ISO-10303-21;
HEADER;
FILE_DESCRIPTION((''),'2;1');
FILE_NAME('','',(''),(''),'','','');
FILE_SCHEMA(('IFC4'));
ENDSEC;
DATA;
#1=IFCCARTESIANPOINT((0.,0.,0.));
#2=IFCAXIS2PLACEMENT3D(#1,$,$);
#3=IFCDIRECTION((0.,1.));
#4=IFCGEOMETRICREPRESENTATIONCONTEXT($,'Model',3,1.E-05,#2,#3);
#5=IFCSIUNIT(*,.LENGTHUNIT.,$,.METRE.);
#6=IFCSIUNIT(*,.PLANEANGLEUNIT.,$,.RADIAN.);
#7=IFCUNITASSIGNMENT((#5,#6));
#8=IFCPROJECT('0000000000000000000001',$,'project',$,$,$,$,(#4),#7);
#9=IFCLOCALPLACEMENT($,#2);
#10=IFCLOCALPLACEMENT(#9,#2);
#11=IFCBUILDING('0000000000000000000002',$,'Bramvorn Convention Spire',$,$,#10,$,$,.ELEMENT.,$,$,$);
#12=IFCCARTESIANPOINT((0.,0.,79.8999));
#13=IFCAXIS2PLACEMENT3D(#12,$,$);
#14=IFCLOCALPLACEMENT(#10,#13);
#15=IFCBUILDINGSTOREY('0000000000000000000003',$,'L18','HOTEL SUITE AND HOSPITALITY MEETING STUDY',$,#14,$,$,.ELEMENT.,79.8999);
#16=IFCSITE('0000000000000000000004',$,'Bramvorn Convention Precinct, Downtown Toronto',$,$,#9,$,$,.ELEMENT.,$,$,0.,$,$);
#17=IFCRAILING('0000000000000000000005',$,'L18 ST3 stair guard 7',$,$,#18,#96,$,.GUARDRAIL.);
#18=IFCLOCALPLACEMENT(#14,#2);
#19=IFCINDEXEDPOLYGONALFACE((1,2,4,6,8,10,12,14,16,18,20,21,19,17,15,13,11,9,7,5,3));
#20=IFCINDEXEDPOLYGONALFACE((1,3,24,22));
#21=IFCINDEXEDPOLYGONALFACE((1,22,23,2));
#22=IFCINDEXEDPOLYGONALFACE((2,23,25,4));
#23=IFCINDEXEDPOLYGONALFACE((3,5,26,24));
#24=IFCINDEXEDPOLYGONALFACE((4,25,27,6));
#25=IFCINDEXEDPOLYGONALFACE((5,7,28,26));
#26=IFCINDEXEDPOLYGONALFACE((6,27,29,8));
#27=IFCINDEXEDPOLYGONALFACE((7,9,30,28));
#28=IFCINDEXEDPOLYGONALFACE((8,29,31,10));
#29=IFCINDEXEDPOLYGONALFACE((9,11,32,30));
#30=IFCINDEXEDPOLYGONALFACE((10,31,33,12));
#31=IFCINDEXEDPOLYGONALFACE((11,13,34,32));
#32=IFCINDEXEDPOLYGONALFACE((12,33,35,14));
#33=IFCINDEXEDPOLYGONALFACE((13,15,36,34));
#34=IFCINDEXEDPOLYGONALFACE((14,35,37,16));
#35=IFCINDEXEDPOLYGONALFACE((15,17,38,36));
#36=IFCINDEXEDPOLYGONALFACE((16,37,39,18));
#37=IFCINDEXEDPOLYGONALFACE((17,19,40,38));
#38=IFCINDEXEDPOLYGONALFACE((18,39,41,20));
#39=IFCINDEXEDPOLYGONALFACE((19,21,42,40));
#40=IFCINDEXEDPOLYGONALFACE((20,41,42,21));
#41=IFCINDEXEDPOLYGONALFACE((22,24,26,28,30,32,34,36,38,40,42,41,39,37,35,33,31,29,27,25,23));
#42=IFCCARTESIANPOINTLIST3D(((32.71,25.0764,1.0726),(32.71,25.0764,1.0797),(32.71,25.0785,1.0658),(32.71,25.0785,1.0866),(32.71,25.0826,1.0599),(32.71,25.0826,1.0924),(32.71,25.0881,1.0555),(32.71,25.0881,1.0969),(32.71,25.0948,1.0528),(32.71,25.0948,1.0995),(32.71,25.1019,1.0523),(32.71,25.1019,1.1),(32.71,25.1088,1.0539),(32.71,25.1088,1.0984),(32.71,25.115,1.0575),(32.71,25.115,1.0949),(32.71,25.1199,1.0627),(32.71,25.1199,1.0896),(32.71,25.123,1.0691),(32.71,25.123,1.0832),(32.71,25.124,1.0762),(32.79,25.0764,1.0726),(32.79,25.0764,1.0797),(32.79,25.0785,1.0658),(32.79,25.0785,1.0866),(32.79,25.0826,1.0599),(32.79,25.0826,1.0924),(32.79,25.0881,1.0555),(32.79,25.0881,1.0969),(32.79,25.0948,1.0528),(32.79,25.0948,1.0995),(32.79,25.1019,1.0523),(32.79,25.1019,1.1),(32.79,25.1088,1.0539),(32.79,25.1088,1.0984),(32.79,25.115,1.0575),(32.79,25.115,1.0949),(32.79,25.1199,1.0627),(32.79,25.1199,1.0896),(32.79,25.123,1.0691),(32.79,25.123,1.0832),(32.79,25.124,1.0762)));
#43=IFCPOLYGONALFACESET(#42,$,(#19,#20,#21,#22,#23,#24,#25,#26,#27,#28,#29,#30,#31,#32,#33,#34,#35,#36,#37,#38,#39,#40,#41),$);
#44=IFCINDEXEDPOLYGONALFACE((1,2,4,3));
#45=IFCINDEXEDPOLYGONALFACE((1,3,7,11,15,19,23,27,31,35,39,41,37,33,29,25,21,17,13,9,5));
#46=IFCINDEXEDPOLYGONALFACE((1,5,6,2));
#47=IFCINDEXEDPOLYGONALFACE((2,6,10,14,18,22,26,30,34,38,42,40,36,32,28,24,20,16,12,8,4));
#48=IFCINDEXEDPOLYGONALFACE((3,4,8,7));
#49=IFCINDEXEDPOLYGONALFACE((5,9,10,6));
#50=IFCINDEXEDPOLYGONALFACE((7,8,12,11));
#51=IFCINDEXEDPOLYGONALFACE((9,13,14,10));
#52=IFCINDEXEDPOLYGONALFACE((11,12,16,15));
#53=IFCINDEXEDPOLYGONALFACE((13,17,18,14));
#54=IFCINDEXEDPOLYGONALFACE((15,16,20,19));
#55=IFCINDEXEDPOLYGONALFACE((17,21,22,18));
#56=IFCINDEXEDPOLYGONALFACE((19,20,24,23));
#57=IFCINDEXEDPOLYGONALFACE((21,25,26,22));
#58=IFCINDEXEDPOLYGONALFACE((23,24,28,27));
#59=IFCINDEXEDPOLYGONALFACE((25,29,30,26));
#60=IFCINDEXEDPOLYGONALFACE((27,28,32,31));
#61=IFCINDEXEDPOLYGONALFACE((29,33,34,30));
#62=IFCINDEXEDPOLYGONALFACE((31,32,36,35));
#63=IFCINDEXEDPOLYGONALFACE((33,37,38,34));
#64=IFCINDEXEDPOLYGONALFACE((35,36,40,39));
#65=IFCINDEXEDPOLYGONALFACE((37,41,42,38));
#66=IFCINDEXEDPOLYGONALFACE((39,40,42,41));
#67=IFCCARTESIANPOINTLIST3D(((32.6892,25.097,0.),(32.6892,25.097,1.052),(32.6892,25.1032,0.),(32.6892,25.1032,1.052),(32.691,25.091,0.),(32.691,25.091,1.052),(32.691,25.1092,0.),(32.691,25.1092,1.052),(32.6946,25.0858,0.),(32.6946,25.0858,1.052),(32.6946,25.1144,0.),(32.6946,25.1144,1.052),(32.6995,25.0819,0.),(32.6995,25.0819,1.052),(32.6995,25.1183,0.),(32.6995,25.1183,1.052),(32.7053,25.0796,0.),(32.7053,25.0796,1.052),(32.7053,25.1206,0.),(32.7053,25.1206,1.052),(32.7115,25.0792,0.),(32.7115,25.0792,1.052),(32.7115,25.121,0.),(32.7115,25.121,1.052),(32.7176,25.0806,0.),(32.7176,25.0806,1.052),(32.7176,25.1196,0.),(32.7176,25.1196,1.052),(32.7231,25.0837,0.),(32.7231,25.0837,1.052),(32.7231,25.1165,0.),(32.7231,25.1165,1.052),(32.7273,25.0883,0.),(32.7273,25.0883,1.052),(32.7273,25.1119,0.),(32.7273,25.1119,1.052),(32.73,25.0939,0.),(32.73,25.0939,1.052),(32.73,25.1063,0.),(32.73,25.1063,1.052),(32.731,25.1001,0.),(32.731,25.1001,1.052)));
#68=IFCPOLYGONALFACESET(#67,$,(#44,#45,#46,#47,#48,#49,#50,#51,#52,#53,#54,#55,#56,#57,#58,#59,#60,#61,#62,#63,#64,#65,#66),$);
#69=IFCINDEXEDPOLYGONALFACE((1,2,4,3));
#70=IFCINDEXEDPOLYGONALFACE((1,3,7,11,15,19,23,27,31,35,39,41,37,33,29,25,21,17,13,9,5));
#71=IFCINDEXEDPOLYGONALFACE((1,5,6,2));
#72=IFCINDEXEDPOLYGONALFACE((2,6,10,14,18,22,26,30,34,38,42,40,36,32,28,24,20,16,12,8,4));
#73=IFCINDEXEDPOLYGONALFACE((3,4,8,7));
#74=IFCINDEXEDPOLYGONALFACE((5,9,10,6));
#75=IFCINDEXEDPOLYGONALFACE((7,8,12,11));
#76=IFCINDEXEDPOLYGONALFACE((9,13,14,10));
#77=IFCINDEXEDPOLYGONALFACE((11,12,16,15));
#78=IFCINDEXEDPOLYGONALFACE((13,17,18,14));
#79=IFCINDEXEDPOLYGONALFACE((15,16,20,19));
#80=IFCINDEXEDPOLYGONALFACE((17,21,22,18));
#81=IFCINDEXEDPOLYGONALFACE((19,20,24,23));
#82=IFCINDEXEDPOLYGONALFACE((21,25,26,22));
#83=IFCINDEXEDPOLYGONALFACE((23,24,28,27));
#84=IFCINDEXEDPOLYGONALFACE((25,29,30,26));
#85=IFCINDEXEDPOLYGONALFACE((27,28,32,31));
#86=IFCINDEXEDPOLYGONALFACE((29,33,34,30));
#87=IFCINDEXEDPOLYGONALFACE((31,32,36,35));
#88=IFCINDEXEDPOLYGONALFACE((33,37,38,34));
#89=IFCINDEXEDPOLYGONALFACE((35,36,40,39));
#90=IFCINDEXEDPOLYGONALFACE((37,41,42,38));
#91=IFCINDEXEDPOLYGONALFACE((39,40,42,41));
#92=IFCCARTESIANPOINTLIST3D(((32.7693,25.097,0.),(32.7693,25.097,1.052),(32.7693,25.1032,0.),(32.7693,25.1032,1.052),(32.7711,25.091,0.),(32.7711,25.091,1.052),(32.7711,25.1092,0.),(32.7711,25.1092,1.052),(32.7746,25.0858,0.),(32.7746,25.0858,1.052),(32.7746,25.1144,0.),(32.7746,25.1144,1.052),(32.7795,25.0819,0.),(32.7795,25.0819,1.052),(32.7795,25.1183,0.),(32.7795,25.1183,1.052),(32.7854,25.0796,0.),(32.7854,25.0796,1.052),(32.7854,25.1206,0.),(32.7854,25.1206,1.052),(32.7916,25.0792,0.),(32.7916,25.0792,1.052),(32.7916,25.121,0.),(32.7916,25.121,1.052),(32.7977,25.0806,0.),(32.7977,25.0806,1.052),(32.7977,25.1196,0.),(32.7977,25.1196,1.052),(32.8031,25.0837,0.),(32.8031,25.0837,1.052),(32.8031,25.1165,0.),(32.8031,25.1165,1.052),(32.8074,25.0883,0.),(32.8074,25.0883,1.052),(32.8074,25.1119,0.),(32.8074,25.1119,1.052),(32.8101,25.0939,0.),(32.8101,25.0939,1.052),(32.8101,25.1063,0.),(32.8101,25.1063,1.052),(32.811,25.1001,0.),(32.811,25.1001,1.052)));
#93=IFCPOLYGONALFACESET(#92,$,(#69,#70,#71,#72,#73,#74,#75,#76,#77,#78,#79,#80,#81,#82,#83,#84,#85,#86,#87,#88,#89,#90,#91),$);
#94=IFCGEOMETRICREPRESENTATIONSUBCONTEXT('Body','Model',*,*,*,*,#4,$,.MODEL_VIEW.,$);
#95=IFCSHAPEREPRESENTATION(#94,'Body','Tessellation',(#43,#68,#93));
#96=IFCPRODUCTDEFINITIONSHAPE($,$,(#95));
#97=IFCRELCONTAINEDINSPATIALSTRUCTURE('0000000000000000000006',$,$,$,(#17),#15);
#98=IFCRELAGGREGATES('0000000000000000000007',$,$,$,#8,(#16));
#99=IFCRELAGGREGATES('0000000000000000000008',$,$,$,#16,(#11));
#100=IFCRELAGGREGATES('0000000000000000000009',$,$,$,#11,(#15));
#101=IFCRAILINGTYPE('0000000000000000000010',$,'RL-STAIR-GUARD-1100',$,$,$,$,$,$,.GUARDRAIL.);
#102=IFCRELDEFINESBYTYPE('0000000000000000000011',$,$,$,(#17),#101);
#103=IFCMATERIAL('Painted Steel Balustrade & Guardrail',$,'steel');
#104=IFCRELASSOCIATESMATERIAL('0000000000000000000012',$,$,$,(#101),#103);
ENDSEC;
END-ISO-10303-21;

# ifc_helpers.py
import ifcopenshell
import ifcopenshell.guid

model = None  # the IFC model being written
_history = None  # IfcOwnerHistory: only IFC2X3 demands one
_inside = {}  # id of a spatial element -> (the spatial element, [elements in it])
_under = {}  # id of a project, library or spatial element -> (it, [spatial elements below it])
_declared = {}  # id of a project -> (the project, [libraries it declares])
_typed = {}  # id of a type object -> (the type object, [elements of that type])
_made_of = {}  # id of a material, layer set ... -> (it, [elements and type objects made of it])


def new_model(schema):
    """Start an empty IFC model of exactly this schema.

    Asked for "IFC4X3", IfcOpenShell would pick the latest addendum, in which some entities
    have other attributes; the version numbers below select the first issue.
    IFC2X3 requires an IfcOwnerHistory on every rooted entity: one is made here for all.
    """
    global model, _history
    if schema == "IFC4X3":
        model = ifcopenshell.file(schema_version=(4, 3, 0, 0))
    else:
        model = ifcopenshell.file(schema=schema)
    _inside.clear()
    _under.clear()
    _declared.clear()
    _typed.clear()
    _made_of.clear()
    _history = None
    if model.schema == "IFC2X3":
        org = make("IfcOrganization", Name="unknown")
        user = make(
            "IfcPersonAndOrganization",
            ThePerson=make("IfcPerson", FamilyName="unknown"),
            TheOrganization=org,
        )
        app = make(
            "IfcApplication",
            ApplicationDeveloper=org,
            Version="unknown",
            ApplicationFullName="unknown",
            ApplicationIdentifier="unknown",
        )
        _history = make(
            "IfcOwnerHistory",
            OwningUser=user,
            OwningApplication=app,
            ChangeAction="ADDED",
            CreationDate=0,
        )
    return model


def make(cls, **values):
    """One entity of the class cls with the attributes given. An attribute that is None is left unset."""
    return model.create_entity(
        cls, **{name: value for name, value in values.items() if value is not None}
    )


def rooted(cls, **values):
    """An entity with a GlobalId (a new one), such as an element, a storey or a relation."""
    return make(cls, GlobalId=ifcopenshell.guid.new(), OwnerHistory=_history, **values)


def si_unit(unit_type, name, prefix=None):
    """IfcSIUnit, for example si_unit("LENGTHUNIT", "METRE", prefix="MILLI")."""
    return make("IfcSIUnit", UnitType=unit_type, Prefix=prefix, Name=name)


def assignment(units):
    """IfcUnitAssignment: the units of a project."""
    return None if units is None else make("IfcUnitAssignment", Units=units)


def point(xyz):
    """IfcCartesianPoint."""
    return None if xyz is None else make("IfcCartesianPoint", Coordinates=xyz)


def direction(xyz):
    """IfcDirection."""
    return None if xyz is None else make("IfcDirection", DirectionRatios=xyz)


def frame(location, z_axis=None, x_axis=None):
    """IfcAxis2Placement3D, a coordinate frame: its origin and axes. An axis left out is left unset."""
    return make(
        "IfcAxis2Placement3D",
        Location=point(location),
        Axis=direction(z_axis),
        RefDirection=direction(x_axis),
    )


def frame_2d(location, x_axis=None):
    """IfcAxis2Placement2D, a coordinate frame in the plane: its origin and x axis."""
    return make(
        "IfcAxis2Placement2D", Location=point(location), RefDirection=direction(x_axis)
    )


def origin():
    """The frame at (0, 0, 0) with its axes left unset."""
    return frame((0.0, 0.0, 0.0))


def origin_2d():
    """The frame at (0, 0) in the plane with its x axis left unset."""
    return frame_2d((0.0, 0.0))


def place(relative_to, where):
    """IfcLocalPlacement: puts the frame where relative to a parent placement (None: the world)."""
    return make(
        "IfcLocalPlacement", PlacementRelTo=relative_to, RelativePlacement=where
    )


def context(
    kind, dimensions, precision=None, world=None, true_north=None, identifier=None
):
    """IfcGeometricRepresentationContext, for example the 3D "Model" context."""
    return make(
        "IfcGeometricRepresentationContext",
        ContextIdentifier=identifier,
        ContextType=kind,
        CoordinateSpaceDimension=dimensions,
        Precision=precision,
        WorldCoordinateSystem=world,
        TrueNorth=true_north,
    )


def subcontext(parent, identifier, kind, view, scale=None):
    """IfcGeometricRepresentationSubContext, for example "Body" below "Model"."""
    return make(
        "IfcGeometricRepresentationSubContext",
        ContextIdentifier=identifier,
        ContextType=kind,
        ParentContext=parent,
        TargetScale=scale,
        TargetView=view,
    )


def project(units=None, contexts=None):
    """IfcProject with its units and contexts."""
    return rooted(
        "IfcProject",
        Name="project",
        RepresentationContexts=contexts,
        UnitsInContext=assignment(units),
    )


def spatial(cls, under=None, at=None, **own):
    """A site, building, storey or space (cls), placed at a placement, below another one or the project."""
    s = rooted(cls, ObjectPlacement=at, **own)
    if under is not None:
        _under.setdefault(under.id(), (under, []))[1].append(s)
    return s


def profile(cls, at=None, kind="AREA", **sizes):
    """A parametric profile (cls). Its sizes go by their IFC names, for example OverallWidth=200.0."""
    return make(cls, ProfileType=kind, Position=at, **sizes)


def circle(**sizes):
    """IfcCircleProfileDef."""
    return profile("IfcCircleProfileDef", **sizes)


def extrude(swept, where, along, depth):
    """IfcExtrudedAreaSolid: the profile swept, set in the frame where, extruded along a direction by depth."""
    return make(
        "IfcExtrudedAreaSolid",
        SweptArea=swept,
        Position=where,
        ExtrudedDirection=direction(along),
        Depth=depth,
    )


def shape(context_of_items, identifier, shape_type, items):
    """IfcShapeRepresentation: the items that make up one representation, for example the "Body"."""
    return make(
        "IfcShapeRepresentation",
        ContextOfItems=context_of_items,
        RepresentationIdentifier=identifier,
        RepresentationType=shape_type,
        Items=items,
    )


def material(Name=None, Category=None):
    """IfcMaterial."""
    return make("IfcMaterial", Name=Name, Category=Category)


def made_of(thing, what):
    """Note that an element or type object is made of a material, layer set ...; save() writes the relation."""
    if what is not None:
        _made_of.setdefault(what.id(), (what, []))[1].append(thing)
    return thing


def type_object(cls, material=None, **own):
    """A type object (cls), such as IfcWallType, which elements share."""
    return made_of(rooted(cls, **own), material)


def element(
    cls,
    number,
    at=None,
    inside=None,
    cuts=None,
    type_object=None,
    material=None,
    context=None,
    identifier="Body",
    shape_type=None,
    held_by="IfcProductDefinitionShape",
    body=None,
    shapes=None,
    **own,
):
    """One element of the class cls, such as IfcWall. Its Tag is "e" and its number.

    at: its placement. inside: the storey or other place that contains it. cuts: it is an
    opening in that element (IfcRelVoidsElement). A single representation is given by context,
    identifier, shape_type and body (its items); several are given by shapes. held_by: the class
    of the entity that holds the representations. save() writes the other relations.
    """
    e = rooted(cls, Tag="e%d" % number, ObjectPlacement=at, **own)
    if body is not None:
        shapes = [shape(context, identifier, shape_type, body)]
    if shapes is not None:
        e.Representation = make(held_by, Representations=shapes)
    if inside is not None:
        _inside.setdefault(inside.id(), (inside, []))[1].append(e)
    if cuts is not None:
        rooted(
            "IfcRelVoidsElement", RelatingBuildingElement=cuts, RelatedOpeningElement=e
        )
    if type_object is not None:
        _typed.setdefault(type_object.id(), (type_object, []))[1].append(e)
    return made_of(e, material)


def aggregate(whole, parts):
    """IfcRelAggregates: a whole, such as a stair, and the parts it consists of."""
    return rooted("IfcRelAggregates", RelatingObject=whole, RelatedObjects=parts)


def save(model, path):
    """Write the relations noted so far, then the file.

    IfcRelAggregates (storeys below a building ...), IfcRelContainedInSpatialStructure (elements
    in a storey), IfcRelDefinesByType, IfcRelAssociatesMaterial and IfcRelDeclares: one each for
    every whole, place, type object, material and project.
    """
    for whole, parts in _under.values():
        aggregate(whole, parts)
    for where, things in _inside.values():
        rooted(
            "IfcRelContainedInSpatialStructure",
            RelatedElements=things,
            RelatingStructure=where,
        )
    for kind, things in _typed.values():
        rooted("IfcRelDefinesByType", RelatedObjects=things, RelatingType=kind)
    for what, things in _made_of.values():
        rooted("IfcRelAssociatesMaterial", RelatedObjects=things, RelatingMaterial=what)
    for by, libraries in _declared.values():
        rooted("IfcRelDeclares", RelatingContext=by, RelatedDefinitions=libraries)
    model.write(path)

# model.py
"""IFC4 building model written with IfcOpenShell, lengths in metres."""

from ifc_helpers import new_model, si_unit, direction, frame, origin, origin_2d, place, context, subcontext, project, spatial, circle, extrude, material, type_object, element, save


model = new_model("IFC4")

# Units and contexts
model_context = context("Model", 3, precision=1e-05, world=origin(), true_north=direction((0.0, 1.0)))
body_context = subcontext(model_context, "Body", "Model", "MODEL_VIEW")
ifc_project = project(units=[si_unit("LENGTHUNIT", "METRE"), si_unit("PLANEANGLEUNIT", "RADIAN")], contexts=[model_context])

# Site, building, storey
site_placement = place(None, origin())
site = spatial("IfcSite", under=ifc_project, at=site_placement, Name="Bramvorn Convention Precinct, Downtown Toronto", CompositionType="ELEMENT", RefElevation=0.0)
building_placement = place(site_placement, origin())
building = spatial("IfcBuilding", under=site, at=building_placement, Name="Bramvorn Convention Spire", CompositionType="ELEMENT")
storey_placement = place(building_placement, frame((0.0, 0.0, 79.8999)))
storey = spatial("IfcBuildingStorey", under=building, at=storey_placement, Name="L18", Description="HOTEL SUITE AND HOSPITALITY MEETING STUDY", CompositionType="ELEMENT", Elevation=79.8999)

# Railing
ifc_material_1 = material(Name="Painted Steel Balustrade & Guardrail", Category="steel")
railing_type_1 = type_object("IfcRailingType", Name="RL-STAIR-GUARD-1100", PredefinedType="GUARDRAIL", material=ifc_material_1)
railing_1_placement = place(storey_placement, frame((32.71, 25.1001, 0.0)))
element("IfcRailing", 1, at=railing_1_placement, inside=storey, type_object=railing_type_1, Name="L18 ST3 stair guard 7", PredefinedType="GUARDRAIL", context=body_context, shape_type="SweptSolid", body=[
    extrude(circle(Radius=0.0239, at=origin_2d()), frame((0.0, 0.0, 1.0762), z_axis=(1.0, 0.0, 0.0), x_axis=(0.0, 1.0, 0.0)), (0.0, 0.0, 1.0), 0.0801),
    extrude(circle(Radius=0.021, at=origin_2d()), origin(), (0.0, 0.0, 1.0), 1.052),
    extrude(circle(Radius=0.021, at=origin_2d()), frame((0.0801, 0.0, 0.0)), (0.0, 0.0, 1.0), 1.052),
])

save(model, "model.ifc")
